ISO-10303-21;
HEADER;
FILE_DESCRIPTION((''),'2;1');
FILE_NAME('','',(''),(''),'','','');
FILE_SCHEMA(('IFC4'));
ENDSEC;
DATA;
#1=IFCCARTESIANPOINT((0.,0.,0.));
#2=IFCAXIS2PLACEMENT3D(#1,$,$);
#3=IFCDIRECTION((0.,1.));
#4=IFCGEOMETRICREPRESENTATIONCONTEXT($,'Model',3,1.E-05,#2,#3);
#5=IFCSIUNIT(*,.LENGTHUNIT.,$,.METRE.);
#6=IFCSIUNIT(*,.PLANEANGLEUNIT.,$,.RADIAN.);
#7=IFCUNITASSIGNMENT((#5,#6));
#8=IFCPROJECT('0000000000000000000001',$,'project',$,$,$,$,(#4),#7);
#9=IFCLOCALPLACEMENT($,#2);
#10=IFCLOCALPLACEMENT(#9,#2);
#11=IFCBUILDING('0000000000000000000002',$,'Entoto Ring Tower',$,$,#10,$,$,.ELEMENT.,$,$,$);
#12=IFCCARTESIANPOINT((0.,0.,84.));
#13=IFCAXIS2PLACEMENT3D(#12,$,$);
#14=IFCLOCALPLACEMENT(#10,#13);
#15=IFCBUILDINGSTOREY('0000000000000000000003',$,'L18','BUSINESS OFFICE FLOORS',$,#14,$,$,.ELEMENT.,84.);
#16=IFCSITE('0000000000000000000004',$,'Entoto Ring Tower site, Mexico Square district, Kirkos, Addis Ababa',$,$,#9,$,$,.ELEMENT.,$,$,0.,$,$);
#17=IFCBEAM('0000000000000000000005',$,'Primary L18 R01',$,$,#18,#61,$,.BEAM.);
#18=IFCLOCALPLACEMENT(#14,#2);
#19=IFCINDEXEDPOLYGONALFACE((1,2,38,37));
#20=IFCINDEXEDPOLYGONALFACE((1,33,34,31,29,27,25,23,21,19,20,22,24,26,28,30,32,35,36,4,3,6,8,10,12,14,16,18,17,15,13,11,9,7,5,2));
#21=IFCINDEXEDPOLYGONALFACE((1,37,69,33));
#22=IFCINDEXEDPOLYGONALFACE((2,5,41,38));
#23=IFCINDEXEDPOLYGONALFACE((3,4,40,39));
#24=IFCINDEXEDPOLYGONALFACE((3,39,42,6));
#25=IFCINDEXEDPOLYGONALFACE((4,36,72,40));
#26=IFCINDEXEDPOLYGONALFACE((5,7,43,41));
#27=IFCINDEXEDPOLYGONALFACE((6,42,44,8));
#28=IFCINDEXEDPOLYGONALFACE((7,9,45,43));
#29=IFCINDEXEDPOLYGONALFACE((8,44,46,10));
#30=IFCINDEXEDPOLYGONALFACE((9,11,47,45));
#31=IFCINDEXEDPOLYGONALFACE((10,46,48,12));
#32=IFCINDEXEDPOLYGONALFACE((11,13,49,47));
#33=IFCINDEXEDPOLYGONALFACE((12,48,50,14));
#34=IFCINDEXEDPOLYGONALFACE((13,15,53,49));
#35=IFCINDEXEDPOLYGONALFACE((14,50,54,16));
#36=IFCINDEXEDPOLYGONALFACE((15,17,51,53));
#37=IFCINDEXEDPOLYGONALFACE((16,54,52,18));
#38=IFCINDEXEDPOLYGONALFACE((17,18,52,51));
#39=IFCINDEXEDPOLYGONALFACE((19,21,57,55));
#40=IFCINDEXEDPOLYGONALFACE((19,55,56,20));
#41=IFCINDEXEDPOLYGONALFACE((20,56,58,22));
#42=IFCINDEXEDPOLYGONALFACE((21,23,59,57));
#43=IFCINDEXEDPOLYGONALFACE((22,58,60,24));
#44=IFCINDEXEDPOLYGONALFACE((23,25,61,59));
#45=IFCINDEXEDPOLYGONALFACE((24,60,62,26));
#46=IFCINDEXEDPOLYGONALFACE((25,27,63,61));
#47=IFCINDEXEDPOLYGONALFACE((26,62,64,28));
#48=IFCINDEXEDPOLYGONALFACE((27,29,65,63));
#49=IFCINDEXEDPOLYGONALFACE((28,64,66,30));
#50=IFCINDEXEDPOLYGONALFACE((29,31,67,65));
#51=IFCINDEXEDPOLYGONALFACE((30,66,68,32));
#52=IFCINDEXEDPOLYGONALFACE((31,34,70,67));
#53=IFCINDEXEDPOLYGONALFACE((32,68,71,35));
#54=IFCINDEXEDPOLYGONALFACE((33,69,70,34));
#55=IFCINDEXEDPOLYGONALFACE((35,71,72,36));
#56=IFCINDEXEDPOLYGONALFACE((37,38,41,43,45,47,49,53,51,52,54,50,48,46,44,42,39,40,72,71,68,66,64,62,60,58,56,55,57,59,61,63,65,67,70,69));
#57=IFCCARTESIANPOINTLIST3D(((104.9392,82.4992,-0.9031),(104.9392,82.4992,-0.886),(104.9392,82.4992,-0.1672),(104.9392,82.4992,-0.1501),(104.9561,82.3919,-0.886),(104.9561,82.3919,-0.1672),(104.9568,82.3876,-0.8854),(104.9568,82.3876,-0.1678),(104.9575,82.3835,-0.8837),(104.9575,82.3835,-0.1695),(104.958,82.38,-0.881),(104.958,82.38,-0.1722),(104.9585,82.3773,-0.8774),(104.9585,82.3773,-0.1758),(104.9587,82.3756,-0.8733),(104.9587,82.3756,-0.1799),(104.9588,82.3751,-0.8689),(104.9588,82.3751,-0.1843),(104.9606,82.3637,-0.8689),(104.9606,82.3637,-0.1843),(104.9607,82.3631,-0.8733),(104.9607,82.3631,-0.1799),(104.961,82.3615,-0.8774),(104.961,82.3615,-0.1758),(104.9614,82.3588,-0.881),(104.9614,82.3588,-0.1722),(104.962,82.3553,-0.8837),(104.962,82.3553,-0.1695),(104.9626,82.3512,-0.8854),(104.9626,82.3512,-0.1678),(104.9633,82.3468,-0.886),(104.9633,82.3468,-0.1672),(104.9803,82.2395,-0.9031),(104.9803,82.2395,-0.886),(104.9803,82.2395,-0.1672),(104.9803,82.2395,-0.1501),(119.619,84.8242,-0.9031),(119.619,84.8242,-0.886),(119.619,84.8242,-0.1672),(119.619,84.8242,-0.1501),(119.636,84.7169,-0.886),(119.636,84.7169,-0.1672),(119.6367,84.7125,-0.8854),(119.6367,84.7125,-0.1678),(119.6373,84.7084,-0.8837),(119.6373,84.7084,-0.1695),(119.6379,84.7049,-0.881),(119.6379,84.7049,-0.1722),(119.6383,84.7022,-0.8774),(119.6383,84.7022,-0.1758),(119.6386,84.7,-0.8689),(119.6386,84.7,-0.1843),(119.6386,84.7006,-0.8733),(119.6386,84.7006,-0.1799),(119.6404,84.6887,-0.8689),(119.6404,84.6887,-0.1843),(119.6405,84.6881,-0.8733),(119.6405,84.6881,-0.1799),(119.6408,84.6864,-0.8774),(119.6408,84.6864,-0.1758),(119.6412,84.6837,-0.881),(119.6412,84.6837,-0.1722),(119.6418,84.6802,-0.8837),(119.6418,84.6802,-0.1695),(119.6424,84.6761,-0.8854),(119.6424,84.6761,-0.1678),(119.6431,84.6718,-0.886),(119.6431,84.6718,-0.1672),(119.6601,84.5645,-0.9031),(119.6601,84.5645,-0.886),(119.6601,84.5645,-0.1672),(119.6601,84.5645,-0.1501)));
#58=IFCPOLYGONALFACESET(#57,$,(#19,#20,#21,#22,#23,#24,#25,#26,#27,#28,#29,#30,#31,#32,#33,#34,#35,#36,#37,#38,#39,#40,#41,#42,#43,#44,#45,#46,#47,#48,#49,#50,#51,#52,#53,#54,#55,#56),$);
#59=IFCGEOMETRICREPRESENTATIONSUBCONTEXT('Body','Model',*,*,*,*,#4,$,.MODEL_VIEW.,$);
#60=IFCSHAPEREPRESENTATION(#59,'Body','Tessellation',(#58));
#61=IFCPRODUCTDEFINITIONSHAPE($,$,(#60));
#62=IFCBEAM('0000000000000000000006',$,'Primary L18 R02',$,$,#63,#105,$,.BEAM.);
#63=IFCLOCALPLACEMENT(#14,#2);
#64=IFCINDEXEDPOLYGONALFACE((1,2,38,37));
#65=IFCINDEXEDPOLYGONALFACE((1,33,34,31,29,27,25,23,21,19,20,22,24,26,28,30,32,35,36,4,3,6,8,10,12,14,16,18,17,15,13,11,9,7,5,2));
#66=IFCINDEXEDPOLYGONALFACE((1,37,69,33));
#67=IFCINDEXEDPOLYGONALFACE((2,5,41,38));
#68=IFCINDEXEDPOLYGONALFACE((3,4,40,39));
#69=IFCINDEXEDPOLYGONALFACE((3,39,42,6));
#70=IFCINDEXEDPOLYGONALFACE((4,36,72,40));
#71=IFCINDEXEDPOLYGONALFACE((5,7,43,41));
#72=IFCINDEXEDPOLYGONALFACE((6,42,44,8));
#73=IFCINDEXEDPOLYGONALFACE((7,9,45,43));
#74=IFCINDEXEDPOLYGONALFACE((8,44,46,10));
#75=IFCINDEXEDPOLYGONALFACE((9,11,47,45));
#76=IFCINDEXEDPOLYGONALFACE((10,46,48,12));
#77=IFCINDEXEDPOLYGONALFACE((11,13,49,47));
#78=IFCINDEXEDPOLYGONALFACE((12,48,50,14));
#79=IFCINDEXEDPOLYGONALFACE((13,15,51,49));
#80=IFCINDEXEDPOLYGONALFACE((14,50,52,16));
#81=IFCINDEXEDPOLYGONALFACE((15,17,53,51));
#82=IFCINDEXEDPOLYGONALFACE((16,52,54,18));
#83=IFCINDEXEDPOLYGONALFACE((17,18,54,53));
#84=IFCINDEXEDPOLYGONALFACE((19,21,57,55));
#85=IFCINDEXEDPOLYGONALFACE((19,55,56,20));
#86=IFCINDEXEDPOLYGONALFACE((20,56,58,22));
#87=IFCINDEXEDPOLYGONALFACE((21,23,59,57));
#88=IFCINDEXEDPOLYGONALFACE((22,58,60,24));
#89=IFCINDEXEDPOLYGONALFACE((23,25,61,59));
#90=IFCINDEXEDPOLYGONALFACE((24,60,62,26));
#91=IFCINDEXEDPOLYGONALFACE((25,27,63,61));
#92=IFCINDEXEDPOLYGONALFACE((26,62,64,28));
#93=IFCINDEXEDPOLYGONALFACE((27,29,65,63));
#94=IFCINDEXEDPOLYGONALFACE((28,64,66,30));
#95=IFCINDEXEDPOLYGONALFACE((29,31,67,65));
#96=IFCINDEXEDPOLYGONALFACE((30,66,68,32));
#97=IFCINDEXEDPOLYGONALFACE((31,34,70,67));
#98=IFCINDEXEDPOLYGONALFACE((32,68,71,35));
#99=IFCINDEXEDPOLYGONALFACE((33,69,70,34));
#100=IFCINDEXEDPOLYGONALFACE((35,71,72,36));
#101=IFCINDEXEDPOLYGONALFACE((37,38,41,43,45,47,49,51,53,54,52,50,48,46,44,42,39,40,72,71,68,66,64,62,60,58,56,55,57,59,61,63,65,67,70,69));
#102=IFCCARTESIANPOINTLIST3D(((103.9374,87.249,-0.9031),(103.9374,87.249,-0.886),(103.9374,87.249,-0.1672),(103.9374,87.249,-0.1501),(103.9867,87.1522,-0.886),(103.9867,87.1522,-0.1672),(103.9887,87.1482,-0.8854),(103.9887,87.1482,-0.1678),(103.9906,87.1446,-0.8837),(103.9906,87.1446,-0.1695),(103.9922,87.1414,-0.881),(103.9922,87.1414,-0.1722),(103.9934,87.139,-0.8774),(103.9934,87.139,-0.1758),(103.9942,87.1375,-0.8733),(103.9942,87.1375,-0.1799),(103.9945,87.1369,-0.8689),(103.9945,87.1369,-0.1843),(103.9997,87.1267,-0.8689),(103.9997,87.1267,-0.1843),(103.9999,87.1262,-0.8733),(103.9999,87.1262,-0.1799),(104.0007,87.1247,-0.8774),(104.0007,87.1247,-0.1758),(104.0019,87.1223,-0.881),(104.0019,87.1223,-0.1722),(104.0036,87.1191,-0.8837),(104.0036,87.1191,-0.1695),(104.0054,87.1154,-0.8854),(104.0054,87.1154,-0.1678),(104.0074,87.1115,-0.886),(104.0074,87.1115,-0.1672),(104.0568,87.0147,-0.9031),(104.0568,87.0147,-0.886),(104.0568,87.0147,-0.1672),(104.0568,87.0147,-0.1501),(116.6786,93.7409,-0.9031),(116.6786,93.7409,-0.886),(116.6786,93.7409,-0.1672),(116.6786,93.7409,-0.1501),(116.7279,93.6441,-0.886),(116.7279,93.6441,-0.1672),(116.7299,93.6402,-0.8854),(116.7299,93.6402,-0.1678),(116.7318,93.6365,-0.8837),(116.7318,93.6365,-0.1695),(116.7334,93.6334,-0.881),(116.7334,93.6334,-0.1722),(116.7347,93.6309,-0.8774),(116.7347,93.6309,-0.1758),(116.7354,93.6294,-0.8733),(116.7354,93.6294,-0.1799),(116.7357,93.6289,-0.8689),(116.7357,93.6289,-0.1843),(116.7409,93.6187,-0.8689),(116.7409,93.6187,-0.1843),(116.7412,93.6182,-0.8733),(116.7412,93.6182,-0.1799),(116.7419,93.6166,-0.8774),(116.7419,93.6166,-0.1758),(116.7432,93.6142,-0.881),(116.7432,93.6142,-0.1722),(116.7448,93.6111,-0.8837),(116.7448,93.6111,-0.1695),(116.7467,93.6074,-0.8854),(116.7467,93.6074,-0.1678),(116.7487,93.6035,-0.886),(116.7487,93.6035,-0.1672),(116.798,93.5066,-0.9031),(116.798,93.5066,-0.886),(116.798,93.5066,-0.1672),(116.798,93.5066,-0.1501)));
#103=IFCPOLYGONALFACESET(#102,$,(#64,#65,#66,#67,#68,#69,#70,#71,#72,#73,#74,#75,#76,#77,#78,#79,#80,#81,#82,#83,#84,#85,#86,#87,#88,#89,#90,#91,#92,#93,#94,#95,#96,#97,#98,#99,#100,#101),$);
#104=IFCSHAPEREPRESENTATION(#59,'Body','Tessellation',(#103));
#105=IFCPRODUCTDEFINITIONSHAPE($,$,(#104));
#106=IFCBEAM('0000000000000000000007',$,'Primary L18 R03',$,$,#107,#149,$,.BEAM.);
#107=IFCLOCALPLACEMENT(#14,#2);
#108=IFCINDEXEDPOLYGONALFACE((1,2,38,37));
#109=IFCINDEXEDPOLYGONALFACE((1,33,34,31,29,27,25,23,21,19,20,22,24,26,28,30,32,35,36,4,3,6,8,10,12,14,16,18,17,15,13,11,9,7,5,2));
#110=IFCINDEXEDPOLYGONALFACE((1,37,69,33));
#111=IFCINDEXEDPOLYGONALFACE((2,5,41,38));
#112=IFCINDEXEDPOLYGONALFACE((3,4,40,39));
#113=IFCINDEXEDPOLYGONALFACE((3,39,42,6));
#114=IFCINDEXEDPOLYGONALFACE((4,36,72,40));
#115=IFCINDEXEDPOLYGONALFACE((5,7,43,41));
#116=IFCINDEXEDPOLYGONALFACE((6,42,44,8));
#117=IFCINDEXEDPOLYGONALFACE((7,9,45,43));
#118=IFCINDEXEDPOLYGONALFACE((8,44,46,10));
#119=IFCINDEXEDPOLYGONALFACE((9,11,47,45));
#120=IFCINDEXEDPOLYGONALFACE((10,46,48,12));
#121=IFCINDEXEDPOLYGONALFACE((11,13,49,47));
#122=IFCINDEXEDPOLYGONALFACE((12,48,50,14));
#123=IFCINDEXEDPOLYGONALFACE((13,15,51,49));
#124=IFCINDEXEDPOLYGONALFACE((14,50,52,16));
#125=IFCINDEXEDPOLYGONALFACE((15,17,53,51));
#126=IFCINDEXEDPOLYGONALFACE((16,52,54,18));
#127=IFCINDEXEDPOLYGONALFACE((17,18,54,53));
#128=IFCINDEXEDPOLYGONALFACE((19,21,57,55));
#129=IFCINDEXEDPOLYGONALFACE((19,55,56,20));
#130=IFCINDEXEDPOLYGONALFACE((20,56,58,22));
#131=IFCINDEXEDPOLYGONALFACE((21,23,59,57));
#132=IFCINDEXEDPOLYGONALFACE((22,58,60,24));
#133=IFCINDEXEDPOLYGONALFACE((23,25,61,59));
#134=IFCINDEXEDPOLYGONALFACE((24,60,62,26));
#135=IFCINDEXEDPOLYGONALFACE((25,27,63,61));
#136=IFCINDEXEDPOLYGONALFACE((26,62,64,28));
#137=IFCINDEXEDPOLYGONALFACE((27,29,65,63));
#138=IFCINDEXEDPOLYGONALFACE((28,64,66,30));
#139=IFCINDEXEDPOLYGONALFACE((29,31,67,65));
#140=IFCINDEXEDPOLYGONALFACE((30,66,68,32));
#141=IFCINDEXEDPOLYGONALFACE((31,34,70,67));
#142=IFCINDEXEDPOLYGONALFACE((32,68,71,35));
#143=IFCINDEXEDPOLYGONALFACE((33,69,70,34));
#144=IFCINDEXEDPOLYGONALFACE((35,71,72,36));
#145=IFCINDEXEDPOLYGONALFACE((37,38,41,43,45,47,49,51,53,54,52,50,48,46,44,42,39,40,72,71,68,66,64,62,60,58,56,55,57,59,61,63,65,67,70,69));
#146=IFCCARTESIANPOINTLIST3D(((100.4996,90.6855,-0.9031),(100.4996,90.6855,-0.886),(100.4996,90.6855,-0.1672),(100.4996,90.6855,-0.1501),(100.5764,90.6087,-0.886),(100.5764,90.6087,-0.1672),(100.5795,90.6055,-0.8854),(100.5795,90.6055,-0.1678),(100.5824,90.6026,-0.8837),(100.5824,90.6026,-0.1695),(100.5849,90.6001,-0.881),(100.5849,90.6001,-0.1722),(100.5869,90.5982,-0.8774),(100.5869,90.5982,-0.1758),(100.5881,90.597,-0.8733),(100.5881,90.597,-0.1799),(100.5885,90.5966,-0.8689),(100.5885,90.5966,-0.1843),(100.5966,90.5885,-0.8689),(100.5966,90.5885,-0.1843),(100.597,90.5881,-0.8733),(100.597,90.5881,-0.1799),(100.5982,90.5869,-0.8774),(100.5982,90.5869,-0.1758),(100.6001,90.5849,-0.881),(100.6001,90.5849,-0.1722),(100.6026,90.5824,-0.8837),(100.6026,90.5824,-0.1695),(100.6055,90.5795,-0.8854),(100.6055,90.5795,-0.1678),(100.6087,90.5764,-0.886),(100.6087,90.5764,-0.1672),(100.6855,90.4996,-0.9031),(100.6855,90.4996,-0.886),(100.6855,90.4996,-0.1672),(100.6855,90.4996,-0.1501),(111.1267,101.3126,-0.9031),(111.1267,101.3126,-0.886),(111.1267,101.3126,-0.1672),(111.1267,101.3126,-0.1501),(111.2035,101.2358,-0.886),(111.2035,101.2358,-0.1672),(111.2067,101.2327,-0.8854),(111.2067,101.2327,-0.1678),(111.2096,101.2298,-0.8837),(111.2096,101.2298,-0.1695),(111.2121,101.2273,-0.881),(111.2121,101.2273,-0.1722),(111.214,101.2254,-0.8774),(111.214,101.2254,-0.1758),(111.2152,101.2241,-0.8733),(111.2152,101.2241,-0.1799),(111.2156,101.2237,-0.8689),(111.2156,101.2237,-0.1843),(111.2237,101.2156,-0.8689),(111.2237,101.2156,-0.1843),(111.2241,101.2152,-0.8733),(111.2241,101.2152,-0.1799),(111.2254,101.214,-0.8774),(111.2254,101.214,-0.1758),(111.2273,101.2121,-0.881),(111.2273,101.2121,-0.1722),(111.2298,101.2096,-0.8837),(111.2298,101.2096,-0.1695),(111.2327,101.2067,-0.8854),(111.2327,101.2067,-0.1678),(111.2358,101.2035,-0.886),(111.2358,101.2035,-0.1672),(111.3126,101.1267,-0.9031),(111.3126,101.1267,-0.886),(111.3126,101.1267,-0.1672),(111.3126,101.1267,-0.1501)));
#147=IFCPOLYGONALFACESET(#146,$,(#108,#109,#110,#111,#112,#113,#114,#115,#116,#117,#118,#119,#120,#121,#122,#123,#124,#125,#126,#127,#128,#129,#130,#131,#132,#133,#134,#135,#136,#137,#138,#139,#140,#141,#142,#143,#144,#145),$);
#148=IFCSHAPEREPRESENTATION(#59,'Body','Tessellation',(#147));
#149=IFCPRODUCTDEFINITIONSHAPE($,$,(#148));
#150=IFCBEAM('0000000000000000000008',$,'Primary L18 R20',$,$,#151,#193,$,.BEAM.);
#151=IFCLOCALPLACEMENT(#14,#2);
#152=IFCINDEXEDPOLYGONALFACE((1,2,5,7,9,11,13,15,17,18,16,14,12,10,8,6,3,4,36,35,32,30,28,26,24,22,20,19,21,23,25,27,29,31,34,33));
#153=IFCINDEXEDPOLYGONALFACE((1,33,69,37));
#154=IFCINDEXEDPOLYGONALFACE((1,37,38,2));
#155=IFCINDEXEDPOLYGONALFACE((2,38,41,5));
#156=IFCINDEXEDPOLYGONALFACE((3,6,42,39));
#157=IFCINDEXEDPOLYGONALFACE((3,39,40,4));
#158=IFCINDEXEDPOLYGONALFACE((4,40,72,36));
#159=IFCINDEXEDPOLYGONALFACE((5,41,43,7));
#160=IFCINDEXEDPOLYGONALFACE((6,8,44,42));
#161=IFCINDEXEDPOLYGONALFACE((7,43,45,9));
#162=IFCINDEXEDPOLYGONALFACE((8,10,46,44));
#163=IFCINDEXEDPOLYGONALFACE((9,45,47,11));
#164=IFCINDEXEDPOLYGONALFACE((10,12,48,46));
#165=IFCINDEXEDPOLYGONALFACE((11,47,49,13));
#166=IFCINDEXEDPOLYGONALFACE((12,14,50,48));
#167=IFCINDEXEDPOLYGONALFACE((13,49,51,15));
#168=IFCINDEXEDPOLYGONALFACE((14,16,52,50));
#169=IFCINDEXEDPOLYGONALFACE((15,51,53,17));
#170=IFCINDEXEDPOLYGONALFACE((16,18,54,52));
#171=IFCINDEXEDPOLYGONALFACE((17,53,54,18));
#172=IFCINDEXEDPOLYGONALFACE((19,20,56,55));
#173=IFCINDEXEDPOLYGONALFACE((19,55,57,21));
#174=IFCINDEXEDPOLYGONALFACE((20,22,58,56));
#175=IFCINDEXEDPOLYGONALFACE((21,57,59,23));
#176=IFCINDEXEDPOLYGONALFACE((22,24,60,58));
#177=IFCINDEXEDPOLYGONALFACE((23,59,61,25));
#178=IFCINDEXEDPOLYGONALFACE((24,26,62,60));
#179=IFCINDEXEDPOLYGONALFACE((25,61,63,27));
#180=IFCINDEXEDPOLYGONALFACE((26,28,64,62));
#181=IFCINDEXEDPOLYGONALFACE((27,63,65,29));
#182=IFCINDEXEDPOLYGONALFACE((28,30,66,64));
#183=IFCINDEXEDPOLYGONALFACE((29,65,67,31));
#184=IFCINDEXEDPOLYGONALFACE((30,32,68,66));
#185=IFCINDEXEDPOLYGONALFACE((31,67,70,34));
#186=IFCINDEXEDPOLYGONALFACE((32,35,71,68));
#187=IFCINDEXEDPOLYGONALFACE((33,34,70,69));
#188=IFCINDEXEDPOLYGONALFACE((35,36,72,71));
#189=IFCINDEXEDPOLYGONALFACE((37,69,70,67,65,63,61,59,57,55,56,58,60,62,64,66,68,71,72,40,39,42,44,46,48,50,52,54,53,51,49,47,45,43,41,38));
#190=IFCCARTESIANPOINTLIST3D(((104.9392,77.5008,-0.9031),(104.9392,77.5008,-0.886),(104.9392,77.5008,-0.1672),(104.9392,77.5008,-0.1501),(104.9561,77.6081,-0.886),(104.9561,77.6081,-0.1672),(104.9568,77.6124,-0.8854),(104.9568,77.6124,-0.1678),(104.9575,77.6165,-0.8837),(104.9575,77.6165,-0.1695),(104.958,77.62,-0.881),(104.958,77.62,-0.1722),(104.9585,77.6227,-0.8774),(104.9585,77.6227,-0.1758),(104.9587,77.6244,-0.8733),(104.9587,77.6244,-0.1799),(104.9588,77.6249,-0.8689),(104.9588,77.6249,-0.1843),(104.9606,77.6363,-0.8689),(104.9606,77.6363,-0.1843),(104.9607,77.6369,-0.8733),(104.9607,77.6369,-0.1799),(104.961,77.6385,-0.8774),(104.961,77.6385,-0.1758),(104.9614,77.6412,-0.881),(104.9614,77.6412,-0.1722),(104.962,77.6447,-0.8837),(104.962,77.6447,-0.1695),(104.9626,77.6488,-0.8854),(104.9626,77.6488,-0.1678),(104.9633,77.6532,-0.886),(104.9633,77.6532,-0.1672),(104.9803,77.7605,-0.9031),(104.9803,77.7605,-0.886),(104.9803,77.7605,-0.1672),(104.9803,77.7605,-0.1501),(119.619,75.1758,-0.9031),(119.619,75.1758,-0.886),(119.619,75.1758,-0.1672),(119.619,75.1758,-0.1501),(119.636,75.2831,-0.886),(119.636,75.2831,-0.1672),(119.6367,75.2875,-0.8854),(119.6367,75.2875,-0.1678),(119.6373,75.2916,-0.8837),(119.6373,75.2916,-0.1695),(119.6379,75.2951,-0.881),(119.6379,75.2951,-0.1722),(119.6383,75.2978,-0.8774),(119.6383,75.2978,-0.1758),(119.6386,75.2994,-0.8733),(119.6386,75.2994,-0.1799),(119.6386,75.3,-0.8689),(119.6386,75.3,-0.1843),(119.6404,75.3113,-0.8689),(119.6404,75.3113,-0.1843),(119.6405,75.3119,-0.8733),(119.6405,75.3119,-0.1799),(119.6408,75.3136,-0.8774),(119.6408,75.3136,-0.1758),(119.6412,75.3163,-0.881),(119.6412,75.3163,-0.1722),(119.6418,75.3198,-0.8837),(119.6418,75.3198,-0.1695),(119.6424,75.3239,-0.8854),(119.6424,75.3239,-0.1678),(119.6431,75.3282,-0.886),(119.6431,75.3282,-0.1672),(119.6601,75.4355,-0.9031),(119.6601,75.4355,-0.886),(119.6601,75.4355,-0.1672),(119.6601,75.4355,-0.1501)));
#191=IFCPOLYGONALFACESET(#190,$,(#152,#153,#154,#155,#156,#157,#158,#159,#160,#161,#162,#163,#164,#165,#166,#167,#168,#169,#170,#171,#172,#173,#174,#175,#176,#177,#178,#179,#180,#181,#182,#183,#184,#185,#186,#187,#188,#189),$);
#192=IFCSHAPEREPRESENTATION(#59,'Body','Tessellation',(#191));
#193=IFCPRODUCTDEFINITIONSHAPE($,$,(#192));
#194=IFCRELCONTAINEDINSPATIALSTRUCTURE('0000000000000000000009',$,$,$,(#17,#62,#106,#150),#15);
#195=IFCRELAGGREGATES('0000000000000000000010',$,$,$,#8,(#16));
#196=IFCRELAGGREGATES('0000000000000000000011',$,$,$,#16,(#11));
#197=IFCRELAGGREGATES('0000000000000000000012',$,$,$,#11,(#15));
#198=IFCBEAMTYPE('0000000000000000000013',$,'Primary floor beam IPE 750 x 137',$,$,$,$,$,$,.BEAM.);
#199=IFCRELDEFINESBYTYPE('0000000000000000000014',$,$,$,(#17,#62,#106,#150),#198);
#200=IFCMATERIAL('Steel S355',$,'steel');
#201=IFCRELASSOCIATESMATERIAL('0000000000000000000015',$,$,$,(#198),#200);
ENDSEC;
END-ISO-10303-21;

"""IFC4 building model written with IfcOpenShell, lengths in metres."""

from ifc_helpers import new_model, si_unit, direction, frame, origin, origin_2d, place, context, subcontext, project, spatial, i_section, extrude, material, material_profile, profile_set, type_object, element, save


model = new_model("IFC4")

# Units and contexts
model_context = context("Model", 3, precision=1e-05, world=origin(), true_north=direction((0.0, 1.0)))
body_context = subcontext(model_context, "Body", "Model", "MODEL_VIEW")
ifc_project = project(units=[si_unit("LENGTHUNIT", "METRE"), si_unit("PLANEANGLEUNIT", "RADIAN")], contexts=[model_context])

# Site, building, storey
site_placement = place(None, origin())
site = spatial("IfcSite", under=ifc_project, at=site_placement, Name="Entoto Ring Tower site, Mexico Square district, Kirkos, Addis Ababa", CompositionType="ELEMENT", RefElevation=0.0)
building_placement = place(site_placement, origin())
building = spatial("IfcBuilding", under=site, at=building_placement, Name="Entoto Ring Tower", CompositionType="ELEMENT")
storey_placement = place(building_placement, frame((0.0, 0.0, 84.0)))
storey = spatial("IfcBuildingStorey", under=building, at=storey_placement, Name="L18", Description="BUSINESS OFFICE FLOORS", CompositionType="ELEMENT", Elevation=84.0)

# Beams
ifc_material_1 = material(Name="Steel S355", Category="steel")
ifc_material_profile_1 = material_profile(ifc_material_1, i_section(OverallWidth=0.2629, OverallDepth=0.7529, WebThickness=0.0115, FlangeThickness=0.0171, FilletRadius=0.0171, at=origin_2d()), Name="IPE 750 x 137")
ifc_profile_set_1 = profile_set([ifc_material_profile_1], Name="Steel S355")
beam_type_1 = type_object("IfcBeamType", Name="Primary floor beam IPE 750 x 137", PredefinedType="BEAM", material=ifc_profile_set_1)
beam_1_placement = place(storey_placement, frame((104.9597, 82.3694, -0.5266), z_axis=(0.98769, 0.156426, 0.0), x_axis=(-0.156426, 0.98769, 0.0)))
element("IfcBeam", 1, at=beam_1_placement, inside=storey, type_object=beam_type_1, Name="Primary L18 R01", PredefinedType="BEAM", context=body_context, shape_type="SweptSolid", body=[
    extrude(i_section(OverallWidth=0.2629, OverallDepth=0.7529, WebThickness=0.0115, FlangeThickness=0.0171, FilletRadius=0.0171, at=origin_2d()), origin(), (0.0, 0.0, 1.0), 14.8628),
])
beam_2_placement = place(storey_placement, frame((103.9971, 87.1318, -0.5266), z_axis=(0.891007, 0.453989, 0.0), x_axis=(-0.453989, 0.891007, 0.0)))
element("IfcBeam", 2, at=beam_2_placement, inside=storey, type_object=beam_type_1, Name="Primary L18 R02", PredefinedType="BEAM", context=body_context, shape_type="SweptSolid", body=[
    extrude(i_section(OverallWidth=0.2629, OverallDepth=0.7529, WebThickness=0.0115, FlangeThickness=0.0171, FilletRadius=0.0171, at=origin_2d()), origin(), (0.0, 0.0, 1.0), 14.2998),
])
beam_3_placement = place(storey_placement, frame((100.5925, 90.5925, -0.5266), z_axis=(0.707107, 0.707107, 0.0), x_axis=(-0.707107, 0.707107, 0.0)))
element("IfcBeam", 3, at=beam_3_placement, inside=storey, type_object=beam_type_1, Name="Primary L18 R03", PredefinedType="BEAM", context=body_context, shape_type="SweptSolid", body=[
    extrude(i_section(OverallWidth=0.2629, OverallDepth=0.7529, WebThickness=0.0115, FlangeThickness=0.0171, FilletRadius=0.0171, at=origin_2d()), origin(), (0.0, 0.0, 1.0), 15.0291),
])
beam_4_placement = place(storey_placement, frame((104.9597, 77.6306, -0.5266), z_axis=(0.98769, -0.156426, 0.0), x_axis=(0.156426, 0.98769, 0.0)))
element("IfcBeam", 4, at=beam_4_placement, inside=storey, type_object=beam_type_1, Name="Primary L18 R20", PredefinedType="BEAM", context=body_context, shape_type="SweptSolid", body=[
    extrude(i_section(OverallWidth=0.2629, OverallDepth=0.7529, WebThickness=0.0115, FlangeThickness=0.0171, FilletRadius=0.0171, at=origin_2d()), origin(), (0.0, 0.0, 1.0), 14.8628),
])

save(model, "model.ifc")
